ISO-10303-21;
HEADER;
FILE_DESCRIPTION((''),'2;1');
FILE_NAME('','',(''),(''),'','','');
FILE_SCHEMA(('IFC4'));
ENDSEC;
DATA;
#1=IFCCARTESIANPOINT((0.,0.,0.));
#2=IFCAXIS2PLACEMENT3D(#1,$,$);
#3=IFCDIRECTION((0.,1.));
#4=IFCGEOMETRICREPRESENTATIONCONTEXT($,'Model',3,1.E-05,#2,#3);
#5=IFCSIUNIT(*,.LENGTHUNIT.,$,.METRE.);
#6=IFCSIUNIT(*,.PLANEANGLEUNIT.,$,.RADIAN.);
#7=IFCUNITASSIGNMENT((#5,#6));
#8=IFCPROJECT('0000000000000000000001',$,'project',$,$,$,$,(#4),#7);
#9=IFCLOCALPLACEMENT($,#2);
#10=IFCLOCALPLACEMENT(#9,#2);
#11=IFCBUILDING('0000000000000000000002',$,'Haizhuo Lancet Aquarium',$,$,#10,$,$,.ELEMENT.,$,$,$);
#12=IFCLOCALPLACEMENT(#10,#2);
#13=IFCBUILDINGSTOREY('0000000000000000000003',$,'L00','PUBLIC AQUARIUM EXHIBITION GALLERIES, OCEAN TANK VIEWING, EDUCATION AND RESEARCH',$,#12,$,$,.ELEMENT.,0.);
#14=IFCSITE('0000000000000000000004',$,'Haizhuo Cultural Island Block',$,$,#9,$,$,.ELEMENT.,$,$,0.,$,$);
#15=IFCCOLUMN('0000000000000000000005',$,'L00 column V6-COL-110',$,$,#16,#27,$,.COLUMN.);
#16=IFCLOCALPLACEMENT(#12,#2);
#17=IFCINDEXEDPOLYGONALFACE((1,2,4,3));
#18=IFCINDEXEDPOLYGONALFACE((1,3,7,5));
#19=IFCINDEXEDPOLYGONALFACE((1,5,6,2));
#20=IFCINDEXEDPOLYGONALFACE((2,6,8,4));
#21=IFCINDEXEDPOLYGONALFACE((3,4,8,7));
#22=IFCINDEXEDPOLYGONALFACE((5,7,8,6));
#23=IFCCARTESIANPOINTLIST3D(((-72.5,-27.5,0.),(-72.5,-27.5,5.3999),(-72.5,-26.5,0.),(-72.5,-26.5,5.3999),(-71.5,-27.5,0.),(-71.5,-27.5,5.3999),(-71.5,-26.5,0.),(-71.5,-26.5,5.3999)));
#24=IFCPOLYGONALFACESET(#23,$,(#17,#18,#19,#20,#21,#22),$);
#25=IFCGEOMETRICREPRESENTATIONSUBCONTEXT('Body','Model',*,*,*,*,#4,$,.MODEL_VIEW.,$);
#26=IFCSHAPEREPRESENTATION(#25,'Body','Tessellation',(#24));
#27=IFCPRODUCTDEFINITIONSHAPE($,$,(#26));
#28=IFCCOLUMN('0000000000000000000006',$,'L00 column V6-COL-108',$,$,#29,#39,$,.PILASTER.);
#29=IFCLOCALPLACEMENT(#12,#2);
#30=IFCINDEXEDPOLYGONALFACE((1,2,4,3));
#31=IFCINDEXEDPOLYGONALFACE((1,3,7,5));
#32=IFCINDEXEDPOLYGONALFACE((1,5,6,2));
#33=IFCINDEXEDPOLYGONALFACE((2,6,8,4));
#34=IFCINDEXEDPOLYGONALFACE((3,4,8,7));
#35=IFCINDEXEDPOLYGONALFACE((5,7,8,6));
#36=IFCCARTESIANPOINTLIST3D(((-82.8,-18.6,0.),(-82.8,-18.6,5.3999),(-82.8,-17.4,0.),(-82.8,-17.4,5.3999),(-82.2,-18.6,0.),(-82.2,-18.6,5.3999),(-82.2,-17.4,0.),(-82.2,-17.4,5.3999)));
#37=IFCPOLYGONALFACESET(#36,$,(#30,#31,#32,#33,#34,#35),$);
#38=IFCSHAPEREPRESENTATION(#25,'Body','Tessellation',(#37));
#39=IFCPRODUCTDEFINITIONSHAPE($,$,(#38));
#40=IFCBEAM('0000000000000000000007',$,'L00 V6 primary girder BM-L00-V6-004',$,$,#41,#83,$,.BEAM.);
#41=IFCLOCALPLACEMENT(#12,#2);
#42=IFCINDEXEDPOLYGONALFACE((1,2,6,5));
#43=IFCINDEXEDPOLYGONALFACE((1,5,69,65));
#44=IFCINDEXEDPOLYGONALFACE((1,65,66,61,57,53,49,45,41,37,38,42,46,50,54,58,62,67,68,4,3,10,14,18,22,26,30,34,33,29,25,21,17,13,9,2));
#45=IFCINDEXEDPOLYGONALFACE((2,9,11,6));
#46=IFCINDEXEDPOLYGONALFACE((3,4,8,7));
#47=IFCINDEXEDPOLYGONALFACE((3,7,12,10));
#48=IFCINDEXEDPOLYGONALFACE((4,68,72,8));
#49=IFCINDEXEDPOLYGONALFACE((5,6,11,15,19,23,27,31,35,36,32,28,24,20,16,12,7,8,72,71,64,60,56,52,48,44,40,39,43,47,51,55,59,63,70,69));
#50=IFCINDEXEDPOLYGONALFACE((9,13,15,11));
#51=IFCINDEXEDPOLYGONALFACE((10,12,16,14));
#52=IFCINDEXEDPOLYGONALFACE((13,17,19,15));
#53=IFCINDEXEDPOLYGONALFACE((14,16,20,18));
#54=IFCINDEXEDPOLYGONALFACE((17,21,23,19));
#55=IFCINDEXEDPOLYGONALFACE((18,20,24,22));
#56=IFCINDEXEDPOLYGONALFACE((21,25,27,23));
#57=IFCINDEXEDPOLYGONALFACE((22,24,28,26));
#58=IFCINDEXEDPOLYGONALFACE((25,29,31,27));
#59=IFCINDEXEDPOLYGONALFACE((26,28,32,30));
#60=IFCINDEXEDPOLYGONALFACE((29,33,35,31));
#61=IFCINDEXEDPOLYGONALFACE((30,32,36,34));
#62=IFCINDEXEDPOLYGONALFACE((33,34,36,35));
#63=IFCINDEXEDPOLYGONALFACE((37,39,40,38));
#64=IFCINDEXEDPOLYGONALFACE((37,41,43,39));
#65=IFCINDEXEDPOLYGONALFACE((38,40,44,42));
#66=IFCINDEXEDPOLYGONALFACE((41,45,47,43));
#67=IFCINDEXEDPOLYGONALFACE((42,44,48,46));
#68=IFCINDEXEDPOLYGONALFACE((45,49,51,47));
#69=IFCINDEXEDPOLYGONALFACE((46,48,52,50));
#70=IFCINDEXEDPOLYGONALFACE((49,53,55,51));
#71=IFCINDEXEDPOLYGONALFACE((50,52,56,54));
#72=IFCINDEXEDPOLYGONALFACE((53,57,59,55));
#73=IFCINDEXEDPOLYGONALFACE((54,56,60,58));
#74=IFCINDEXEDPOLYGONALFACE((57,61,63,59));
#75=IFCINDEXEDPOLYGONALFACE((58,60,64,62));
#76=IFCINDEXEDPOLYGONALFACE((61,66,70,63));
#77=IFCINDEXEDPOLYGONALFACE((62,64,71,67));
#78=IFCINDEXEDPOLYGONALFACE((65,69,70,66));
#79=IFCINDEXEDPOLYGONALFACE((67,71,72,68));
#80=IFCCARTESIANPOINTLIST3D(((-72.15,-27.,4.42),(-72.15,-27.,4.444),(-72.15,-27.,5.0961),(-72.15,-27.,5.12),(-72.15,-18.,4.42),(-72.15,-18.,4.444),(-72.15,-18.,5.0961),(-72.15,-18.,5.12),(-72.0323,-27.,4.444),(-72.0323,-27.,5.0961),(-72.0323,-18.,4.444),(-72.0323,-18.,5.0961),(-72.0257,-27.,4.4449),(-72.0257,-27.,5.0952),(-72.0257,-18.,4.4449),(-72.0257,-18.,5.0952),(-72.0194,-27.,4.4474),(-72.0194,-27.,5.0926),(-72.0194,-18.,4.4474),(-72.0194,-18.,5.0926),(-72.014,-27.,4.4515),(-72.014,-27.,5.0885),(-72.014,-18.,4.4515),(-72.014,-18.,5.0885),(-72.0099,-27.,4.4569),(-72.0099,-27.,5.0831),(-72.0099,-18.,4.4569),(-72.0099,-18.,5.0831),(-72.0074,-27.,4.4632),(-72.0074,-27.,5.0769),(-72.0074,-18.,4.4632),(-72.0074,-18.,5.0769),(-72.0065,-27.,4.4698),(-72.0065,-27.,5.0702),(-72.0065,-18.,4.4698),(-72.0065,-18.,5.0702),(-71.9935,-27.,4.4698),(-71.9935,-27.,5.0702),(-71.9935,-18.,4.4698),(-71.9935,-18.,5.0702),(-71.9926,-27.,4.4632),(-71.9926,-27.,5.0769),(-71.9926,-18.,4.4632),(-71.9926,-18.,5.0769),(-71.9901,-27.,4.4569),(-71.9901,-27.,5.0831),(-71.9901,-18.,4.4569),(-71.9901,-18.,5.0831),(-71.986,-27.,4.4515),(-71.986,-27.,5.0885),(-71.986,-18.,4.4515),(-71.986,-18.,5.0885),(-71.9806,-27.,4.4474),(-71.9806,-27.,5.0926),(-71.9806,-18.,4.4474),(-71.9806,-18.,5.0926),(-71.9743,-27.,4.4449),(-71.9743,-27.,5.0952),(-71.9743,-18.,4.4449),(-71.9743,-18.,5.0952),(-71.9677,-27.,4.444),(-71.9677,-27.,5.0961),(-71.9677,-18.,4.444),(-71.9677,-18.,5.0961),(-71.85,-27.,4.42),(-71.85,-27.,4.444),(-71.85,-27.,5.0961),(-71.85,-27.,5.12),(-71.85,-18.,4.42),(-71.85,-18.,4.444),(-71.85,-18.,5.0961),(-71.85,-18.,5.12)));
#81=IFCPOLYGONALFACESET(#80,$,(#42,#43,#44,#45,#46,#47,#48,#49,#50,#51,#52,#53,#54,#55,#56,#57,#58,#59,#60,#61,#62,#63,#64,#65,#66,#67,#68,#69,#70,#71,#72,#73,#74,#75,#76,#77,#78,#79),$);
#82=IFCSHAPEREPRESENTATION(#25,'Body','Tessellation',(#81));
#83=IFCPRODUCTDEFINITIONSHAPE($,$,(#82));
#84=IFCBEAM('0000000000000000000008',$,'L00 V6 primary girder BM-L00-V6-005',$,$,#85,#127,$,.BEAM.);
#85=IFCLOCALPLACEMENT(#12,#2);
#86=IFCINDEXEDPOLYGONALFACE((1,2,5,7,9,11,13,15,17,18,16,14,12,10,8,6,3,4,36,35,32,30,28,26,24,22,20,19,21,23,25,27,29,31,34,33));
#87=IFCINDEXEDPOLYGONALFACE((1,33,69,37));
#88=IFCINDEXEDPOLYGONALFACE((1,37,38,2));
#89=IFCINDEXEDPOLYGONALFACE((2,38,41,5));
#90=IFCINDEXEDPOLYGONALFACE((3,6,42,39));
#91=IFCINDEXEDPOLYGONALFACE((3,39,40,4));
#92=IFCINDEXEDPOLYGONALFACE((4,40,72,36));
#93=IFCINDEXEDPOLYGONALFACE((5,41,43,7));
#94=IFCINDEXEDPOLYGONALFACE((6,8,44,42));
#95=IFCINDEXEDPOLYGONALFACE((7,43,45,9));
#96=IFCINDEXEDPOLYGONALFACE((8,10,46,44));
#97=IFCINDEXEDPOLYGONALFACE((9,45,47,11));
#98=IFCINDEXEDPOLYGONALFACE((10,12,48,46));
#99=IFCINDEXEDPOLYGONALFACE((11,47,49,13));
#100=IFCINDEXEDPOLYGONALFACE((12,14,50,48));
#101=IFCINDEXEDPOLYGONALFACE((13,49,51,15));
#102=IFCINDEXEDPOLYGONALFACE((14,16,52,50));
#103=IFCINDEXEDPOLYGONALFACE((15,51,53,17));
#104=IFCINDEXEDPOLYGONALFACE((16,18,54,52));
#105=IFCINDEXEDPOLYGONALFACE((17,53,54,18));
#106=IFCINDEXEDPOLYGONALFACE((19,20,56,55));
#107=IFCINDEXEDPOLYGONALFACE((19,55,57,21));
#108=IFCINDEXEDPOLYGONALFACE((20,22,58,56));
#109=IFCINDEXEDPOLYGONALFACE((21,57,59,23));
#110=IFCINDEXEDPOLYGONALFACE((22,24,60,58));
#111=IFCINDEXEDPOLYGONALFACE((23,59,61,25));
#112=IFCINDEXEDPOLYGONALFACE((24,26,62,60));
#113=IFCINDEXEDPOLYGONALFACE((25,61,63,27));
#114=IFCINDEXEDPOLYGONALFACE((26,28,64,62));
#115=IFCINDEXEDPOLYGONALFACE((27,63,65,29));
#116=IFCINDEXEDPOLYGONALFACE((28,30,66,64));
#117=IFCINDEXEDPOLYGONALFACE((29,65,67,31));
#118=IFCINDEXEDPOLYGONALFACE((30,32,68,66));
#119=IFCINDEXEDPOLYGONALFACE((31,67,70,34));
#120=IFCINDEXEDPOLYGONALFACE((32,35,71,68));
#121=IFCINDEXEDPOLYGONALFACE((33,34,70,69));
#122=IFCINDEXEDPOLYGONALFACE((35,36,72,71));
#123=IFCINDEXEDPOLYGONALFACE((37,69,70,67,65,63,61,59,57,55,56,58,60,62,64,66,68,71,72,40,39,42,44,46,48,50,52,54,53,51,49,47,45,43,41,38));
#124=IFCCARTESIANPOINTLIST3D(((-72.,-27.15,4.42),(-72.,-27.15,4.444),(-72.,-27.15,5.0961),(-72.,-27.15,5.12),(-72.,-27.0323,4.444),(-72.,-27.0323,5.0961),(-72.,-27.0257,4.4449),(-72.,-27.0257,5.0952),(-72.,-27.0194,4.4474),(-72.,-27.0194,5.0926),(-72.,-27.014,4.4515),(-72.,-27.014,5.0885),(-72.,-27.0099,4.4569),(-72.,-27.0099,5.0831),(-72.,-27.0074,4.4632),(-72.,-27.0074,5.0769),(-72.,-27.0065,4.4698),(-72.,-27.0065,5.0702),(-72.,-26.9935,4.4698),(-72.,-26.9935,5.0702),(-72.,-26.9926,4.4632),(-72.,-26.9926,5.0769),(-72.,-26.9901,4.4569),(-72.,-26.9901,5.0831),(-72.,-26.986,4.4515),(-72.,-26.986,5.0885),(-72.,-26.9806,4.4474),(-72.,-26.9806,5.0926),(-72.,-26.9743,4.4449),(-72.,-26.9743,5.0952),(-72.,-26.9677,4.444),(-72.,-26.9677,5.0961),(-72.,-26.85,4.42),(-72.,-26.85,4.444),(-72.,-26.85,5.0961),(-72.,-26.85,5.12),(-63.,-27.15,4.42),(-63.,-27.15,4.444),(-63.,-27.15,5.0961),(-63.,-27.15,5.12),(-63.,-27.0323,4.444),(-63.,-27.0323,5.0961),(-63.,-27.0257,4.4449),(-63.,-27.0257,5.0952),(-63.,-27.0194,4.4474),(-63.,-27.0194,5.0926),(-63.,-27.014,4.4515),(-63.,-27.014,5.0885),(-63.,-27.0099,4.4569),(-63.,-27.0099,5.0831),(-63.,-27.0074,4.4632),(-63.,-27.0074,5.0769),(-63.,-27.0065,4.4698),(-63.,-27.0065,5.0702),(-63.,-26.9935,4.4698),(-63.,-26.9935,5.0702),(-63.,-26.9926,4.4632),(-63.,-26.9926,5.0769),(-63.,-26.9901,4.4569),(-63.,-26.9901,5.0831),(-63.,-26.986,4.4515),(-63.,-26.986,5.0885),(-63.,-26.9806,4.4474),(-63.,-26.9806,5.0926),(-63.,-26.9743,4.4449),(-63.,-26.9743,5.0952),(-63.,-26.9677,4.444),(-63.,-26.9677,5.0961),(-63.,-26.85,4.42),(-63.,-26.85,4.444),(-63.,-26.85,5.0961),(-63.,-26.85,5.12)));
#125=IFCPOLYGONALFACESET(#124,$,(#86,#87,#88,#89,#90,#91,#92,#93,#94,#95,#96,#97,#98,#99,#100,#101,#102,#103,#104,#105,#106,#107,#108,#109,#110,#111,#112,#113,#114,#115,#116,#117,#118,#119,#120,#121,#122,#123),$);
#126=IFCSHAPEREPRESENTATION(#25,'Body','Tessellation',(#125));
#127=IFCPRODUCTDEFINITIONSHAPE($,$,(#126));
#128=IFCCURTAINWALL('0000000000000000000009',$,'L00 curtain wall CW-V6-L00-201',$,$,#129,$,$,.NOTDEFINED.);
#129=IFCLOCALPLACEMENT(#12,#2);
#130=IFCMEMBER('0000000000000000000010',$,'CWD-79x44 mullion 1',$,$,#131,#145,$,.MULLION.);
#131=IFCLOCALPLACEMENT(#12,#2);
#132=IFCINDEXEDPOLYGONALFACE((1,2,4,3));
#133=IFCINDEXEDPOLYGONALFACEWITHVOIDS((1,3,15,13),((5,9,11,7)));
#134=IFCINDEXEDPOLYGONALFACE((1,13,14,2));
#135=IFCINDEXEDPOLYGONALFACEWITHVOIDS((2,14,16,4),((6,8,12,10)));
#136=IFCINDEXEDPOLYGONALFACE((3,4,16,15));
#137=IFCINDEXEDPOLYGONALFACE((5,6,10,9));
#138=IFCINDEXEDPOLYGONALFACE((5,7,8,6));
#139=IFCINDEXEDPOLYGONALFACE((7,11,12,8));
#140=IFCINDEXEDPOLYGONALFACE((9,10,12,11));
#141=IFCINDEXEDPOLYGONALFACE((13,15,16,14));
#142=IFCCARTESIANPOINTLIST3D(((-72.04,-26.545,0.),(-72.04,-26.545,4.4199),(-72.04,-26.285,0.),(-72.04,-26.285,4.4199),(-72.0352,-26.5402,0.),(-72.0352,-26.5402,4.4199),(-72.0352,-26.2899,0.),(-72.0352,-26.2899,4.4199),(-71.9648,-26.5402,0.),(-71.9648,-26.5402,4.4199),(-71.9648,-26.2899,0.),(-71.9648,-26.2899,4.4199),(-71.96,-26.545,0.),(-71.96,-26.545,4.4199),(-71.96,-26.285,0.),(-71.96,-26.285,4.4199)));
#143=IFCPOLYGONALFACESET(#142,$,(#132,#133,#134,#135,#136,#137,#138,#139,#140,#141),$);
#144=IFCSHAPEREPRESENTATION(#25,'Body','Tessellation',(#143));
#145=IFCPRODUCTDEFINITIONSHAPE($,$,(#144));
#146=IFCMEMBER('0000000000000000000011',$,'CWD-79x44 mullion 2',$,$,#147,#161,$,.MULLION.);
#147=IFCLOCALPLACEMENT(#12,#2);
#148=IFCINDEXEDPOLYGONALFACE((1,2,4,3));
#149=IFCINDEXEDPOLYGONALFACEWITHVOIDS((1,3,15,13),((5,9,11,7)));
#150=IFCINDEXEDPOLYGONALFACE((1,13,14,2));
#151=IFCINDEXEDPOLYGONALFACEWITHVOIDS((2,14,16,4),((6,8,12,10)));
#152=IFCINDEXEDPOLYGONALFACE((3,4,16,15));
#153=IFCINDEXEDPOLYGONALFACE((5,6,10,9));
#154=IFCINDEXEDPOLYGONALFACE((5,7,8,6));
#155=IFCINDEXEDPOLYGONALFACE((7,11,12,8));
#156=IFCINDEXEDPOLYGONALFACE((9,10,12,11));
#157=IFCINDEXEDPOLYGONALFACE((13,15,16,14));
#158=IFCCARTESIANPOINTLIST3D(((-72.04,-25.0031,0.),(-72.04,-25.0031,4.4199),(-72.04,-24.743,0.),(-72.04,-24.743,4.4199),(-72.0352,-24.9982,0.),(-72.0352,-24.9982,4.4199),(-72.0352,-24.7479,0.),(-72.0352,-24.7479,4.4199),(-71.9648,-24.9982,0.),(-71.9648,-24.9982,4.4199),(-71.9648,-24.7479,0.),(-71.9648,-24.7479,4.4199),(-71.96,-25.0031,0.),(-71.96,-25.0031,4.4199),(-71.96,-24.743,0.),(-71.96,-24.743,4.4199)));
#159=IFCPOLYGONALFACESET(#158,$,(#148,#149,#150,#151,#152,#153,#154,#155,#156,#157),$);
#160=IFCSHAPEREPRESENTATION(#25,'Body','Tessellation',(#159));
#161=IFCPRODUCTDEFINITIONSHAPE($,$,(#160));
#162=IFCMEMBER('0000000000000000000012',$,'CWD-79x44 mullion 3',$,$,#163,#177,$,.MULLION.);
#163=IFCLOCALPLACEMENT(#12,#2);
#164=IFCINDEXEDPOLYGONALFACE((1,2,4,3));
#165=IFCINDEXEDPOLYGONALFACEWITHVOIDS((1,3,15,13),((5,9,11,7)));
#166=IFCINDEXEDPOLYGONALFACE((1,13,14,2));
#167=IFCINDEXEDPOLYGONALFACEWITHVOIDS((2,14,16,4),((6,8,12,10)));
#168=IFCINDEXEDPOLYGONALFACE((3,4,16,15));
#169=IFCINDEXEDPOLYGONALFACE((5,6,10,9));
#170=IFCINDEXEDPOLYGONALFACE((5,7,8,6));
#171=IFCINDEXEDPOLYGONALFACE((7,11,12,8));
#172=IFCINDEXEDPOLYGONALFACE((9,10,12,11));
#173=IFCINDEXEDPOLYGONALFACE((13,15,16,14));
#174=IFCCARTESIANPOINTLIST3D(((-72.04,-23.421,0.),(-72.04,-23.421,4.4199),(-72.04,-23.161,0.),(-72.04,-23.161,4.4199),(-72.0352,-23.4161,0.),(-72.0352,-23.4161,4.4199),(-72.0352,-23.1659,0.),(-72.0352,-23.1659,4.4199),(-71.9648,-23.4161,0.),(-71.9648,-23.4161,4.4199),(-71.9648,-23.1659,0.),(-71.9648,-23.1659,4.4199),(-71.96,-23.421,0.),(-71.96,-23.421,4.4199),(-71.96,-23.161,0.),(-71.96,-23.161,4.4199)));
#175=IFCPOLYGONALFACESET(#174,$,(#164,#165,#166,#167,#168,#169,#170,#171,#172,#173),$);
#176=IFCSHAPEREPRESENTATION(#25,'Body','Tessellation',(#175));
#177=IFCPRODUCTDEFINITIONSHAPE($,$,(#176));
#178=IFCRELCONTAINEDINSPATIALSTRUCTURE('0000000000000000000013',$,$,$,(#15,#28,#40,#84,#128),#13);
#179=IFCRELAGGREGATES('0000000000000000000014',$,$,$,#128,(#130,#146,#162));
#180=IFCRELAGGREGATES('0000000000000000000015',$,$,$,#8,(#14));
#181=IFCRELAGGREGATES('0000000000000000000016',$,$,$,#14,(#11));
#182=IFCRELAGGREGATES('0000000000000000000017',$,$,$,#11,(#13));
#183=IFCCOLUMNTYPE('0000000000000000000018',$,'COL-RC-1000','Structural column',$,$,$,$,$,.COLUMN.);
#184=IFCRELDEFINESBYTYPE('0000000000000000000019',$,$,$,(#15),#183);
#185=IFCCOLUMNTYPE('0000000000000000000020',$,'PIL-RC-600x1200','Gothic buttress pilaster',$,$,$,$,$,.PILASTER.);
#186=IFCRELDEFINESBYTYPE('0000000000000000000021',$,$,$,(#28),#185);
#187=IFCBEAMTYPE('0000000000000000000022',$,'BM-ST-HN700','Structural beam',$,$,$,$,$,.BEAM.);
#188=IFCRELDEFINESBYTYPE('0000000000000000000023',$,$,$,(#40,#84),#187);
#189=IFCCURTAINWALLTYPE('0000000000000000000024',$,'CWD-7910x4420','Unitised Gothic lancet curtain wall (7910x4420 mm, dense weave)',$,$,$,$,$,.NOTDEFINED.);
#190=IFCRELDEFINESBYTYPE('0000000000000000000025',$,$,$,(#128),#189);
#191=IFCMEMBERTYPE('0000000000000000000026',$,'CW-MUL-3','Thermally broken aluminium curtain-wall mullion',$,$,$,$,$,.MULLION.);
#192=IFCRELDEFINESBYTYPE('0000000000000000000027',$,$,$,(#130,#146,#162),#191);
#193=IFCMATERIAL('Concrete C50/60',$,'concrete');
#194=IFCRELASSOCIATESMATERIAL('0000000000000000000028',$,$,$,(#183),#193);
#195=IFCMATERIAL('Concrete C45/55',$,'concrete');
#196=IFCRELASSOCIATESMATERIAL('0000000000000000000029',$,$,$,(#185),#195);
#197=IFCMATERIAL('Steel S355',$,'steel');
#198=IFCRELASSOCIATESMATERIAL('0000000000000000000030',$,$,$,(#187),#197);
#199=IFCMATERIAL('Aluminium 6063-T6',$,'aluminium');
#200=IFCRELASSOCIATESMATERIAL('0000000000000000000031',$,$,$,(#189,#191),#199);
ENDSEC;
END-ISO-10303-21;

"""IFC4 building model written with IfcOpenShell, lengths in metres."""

from ifc_helpers import new_model, si_unit, direction, frame, origin, origin_2d, place, context, subcontext, project, spatial, rectangle, hollow_rectangle, i_section, extrude, material, material_profile, profile_set, type_object, element, aggregate, save


model = new_model("IFC4")

# Units and contexts
model_context = context("Model", 3, precision=1e-05, world=origin(), true_north=direction((0.0, 1.0)))
body_context = subcontext(model_context, "Body", "Model", "MODEL_VIEW")
ifc_project = project(units=[si_unit("LENGTHUNIT", "METRE"), si_unit("PLANEANGLEUNIT", "RADIAN")], contexts=[model_context])

# Site, building, storey
site_placement = place(None, origin())
site = spatial("IfcSite", under=ifc_project, at=site_placement, Name="Haizhuo Cultural Island Block", CompositionType="ELEMENT", RefElevation=0.0)
building_placement = place(site_placement, origin())
building = spatial("IfcBuilding", under=site, at=building_placement, Name="Haizhuo Lancet Aquarium", CompositionType="ELEMENT")
storey_placement = place(building_placement, origin())
storey = spatial("IfcBuildingStorey", under=building, at=storey_placement, Name="L00", Description="PUBLIC AQUARIUM EXHIBITION GALLERIES, OCEAN TANK VIEWING, EDUCATION AND RESEARCH", CompositionType="ELEMENT", Elevation=0.0)

# Columns
ifc_material_1 = material(Name="Concrete C50/60", Category="concrete")
ifc_material_profile_1 = material_profile(ifc_material_1, rectangle(XDim=1.0, YDim=1.0, at=origin_2d()), Name="RC-COL 1000x1000")
ifc_profile_set_1 = profile_set([ifc_material_profile_1], Name="Concrete C50/60")
column_type_1 = type_object("IfcColumnType", Name="COL-RC-1000", Description="Structural column", PredefinedType="COLUMN", material=ifc_profile_set_1)
column_1_placement = place(storey_placement, frame((-72.0, -27.0, 0.0), z_axis=(0.0, 0.0, 1.0), x_axis=(1.0, 0.0, 0.0)))
element("IfcColumn", 1, at=column_1_placement, inside=storey, type_object=column_type_1, Name="L00 column V6-COL-110", PredefinedType="COLUMN", context=body_context, shape_type="SweptSolid", body=[
    extrude(rectangle(XDim=1.0, YDim=1.0, at=origin_2d()), origin(), (0.0, 0.0, 1.0), 5.3999),
])
ifc_material_2 = material(Name="Concrete C45/55", Category="concrete")
ifc_material_profile_2 = material_profile(ifc_material_2, rectangle(XDim=0.6001, YDim=1.2, at=origin_2d()), Name="RC-PIL 600x1200")
ifc_profile_set_2 = profile_set([ifc_material_profile_2], Name="Concrete C45/55")
column_type_2 = type_object("IfcColumnType", Name="PIL-RC-600x1200", Description="Gothic buttress pilaster", PredefinedType="PILASTER", material=ifc_profile_set_2)
column_2_placement = place(storey_placement, frame((-82.5, -18.0, 0.0), z_axis=(0.0, 0.0, 1.0), x_axis=(1.0, 0.0, 0.0)))
element("IfcColumn", 2, at=column_2_placement, inside=storey, type_object=column_type_2, Name="L00 column V6-COL-108", PredefinedType="PILASTER", context=body_context, shape_type="SweptSolid", body=[
    extrude(rectangle(XDim=0.6001, YDim=1.2, at=origin_2d()), origin(), (0.0, 0.0, 1.0), 5.3999),
])

# Beams
ifc_material_3 = material(Name="Steel S355", Category="steel")
ifc_material_profile_3 = material_profile(ifc_material_3, i_section(OverallWidth=0.3, OverallDepth=0.7, WebThickness=0.0129, FlangeThickness=0.0239, FilletRadius=0.0259, at=origin_2d()), Name="HN 700x300x13x24")
ifc_profile_set_3 = profile_set([ifc_material_profile_3], Name="Steel S355")
beam_type = type_object("IfcBeamType", Name="BM-ST-HN700", Description="Structural beam", PredefinedType="BEAM", material=ifc_profile_set_3)
for number, where, z_axis, x_axis, name in (
    (3, (-72.0, -27.0, 4.77), (0.0, 1.0, 0.0), (-1.0, 0.0, 0.0), "L00 V6 primary girder BM-L00-V6-004"),
    (4, (-72.0, -27.0, 4.77), (1.0, 0.0, 0.0), (0.0, 1.0, 0.0), "L00 V6 primary girder BM-L00-V6-005"),
):
    element("IfcBeam", number, at=place(storey_placement, frame(where, z_axis=z_axis, x_axis=x_axis)), inside=storey, type_object=beam_type, Name=name, PredefinedType="BEAM", context=body_context, shape_type="SweptSolid", body=[
        extrude(i_section(OverallWidth=0.3, OverallDepth=0.7, WebThickness=0.0129, FlangeThickness=0.0239, FilletRadius=0.0259, at=origin_2d()), origin(), (0.0, 0.0, 1.0), 9.0),
    ])

# Curtain wall, members
ifc_material_4 = material(Name="Aluminium 6063-T6", Category="aluminium")
curtain_wall_type = type_object("IfcCurtainWallType", Name="CWD-7910x4420", Description="Unitised Gothic lancet curtain wall (7910x4420 mm, dense weave)", PredefinedType="NOTDEFINED", material=ifc_material_4)
curtain_wall_placement = place(storey_placement, origin())
curtain_wall = element("IfcCurtainWall", 5, at=curtain_wall_placement, inside=storey, type_object=curtain_wall_type, Name="L00 curtain wall CW-V6-L00-201", PredefinedType="NOTDEFINED")
ifc_material_profile_4 = material_profile(ifc_material_4, hollow_rectangle(XDim=0.0801, YDim=0.26, WallThickness=0.0049, at=origin_2d()), Name="ALU-M 80x260x5")
ifc_profile_set_4 = profile_set([ifc_material_profile_4], Name="Aluminium 6063-T6")
member_type_1 = type_object("IfcMemberType", Name="CW-MUL-3", Description="Thermally broken aluminium curtain-wall mullion", PredefinedType="MULLION", material=ifc_profile_set_4)
member_1_placement = place(storey_placement, frame((-72.0, -26.415, 0.0), z_axis=(0.0, 0.0, 1.0), x_axis=(-1.0, 0.0, 0.0)))
member_1 = element("IfcMember", 6, at=member_1_placement, type_object=member_type_1, Name="CWD-79x44 mullion 1", PredefinedType="MULLION", context=body_context, shape_type="SweptSolid", body=[
    extrude(hollow_rectangle(XDim=0.0801, YDim=0.26, WallThickness=0.0049, at=origin_2d()), origin(), (0.0, 0.0, 1.0), 4.4199),
])
member_2_placement = place(storey_placement, frame((-72.0, -24.873, 0.0), z_axis=(0.0, 0.0, 1.0), x_axis=(-1.0, 0.0, 0.0)))
member_2 = element("IfcMember", 7, at=member_2_placement, type_object=member_type_1, Name="CWD-79x44 mullion 2", PredefinedType="MULLION", context=body_context, shape_type="SweptSolid", body=[
    extrude(hollow_rectangle(XDim=0.0801, YDim=0.26, WallThickness=0.0049, at=origin_2d()), origin(), (0.0, 0.0, 1.0), 4.4199),
])
member_3_placement = place(storey_placement, frame((-72.0, -23.291, 0.0), z_axis=(0.0, 0.0, 1.0), x_axis=(-1.0, 0.0, 0.0)))
member_3 = element("IfcMember", 8, at=member_3_placement, type_object=member_type_1, Name="CWD-79x44 mullion 3", PredefinedType="MULLION", context=body_context, shape_type="SweptSolid", body=[
    extrude(hollow_rectangle(XDim=0.0801, YDim=0.26, WallThickness=0.0049, at=origin_2d()), origin(), (0.0, 0.0, 1.0), 4.4199),
])

aggregate(curtain_wall, [member_1, member_2, member_3])

save(model, "model.ifc")
